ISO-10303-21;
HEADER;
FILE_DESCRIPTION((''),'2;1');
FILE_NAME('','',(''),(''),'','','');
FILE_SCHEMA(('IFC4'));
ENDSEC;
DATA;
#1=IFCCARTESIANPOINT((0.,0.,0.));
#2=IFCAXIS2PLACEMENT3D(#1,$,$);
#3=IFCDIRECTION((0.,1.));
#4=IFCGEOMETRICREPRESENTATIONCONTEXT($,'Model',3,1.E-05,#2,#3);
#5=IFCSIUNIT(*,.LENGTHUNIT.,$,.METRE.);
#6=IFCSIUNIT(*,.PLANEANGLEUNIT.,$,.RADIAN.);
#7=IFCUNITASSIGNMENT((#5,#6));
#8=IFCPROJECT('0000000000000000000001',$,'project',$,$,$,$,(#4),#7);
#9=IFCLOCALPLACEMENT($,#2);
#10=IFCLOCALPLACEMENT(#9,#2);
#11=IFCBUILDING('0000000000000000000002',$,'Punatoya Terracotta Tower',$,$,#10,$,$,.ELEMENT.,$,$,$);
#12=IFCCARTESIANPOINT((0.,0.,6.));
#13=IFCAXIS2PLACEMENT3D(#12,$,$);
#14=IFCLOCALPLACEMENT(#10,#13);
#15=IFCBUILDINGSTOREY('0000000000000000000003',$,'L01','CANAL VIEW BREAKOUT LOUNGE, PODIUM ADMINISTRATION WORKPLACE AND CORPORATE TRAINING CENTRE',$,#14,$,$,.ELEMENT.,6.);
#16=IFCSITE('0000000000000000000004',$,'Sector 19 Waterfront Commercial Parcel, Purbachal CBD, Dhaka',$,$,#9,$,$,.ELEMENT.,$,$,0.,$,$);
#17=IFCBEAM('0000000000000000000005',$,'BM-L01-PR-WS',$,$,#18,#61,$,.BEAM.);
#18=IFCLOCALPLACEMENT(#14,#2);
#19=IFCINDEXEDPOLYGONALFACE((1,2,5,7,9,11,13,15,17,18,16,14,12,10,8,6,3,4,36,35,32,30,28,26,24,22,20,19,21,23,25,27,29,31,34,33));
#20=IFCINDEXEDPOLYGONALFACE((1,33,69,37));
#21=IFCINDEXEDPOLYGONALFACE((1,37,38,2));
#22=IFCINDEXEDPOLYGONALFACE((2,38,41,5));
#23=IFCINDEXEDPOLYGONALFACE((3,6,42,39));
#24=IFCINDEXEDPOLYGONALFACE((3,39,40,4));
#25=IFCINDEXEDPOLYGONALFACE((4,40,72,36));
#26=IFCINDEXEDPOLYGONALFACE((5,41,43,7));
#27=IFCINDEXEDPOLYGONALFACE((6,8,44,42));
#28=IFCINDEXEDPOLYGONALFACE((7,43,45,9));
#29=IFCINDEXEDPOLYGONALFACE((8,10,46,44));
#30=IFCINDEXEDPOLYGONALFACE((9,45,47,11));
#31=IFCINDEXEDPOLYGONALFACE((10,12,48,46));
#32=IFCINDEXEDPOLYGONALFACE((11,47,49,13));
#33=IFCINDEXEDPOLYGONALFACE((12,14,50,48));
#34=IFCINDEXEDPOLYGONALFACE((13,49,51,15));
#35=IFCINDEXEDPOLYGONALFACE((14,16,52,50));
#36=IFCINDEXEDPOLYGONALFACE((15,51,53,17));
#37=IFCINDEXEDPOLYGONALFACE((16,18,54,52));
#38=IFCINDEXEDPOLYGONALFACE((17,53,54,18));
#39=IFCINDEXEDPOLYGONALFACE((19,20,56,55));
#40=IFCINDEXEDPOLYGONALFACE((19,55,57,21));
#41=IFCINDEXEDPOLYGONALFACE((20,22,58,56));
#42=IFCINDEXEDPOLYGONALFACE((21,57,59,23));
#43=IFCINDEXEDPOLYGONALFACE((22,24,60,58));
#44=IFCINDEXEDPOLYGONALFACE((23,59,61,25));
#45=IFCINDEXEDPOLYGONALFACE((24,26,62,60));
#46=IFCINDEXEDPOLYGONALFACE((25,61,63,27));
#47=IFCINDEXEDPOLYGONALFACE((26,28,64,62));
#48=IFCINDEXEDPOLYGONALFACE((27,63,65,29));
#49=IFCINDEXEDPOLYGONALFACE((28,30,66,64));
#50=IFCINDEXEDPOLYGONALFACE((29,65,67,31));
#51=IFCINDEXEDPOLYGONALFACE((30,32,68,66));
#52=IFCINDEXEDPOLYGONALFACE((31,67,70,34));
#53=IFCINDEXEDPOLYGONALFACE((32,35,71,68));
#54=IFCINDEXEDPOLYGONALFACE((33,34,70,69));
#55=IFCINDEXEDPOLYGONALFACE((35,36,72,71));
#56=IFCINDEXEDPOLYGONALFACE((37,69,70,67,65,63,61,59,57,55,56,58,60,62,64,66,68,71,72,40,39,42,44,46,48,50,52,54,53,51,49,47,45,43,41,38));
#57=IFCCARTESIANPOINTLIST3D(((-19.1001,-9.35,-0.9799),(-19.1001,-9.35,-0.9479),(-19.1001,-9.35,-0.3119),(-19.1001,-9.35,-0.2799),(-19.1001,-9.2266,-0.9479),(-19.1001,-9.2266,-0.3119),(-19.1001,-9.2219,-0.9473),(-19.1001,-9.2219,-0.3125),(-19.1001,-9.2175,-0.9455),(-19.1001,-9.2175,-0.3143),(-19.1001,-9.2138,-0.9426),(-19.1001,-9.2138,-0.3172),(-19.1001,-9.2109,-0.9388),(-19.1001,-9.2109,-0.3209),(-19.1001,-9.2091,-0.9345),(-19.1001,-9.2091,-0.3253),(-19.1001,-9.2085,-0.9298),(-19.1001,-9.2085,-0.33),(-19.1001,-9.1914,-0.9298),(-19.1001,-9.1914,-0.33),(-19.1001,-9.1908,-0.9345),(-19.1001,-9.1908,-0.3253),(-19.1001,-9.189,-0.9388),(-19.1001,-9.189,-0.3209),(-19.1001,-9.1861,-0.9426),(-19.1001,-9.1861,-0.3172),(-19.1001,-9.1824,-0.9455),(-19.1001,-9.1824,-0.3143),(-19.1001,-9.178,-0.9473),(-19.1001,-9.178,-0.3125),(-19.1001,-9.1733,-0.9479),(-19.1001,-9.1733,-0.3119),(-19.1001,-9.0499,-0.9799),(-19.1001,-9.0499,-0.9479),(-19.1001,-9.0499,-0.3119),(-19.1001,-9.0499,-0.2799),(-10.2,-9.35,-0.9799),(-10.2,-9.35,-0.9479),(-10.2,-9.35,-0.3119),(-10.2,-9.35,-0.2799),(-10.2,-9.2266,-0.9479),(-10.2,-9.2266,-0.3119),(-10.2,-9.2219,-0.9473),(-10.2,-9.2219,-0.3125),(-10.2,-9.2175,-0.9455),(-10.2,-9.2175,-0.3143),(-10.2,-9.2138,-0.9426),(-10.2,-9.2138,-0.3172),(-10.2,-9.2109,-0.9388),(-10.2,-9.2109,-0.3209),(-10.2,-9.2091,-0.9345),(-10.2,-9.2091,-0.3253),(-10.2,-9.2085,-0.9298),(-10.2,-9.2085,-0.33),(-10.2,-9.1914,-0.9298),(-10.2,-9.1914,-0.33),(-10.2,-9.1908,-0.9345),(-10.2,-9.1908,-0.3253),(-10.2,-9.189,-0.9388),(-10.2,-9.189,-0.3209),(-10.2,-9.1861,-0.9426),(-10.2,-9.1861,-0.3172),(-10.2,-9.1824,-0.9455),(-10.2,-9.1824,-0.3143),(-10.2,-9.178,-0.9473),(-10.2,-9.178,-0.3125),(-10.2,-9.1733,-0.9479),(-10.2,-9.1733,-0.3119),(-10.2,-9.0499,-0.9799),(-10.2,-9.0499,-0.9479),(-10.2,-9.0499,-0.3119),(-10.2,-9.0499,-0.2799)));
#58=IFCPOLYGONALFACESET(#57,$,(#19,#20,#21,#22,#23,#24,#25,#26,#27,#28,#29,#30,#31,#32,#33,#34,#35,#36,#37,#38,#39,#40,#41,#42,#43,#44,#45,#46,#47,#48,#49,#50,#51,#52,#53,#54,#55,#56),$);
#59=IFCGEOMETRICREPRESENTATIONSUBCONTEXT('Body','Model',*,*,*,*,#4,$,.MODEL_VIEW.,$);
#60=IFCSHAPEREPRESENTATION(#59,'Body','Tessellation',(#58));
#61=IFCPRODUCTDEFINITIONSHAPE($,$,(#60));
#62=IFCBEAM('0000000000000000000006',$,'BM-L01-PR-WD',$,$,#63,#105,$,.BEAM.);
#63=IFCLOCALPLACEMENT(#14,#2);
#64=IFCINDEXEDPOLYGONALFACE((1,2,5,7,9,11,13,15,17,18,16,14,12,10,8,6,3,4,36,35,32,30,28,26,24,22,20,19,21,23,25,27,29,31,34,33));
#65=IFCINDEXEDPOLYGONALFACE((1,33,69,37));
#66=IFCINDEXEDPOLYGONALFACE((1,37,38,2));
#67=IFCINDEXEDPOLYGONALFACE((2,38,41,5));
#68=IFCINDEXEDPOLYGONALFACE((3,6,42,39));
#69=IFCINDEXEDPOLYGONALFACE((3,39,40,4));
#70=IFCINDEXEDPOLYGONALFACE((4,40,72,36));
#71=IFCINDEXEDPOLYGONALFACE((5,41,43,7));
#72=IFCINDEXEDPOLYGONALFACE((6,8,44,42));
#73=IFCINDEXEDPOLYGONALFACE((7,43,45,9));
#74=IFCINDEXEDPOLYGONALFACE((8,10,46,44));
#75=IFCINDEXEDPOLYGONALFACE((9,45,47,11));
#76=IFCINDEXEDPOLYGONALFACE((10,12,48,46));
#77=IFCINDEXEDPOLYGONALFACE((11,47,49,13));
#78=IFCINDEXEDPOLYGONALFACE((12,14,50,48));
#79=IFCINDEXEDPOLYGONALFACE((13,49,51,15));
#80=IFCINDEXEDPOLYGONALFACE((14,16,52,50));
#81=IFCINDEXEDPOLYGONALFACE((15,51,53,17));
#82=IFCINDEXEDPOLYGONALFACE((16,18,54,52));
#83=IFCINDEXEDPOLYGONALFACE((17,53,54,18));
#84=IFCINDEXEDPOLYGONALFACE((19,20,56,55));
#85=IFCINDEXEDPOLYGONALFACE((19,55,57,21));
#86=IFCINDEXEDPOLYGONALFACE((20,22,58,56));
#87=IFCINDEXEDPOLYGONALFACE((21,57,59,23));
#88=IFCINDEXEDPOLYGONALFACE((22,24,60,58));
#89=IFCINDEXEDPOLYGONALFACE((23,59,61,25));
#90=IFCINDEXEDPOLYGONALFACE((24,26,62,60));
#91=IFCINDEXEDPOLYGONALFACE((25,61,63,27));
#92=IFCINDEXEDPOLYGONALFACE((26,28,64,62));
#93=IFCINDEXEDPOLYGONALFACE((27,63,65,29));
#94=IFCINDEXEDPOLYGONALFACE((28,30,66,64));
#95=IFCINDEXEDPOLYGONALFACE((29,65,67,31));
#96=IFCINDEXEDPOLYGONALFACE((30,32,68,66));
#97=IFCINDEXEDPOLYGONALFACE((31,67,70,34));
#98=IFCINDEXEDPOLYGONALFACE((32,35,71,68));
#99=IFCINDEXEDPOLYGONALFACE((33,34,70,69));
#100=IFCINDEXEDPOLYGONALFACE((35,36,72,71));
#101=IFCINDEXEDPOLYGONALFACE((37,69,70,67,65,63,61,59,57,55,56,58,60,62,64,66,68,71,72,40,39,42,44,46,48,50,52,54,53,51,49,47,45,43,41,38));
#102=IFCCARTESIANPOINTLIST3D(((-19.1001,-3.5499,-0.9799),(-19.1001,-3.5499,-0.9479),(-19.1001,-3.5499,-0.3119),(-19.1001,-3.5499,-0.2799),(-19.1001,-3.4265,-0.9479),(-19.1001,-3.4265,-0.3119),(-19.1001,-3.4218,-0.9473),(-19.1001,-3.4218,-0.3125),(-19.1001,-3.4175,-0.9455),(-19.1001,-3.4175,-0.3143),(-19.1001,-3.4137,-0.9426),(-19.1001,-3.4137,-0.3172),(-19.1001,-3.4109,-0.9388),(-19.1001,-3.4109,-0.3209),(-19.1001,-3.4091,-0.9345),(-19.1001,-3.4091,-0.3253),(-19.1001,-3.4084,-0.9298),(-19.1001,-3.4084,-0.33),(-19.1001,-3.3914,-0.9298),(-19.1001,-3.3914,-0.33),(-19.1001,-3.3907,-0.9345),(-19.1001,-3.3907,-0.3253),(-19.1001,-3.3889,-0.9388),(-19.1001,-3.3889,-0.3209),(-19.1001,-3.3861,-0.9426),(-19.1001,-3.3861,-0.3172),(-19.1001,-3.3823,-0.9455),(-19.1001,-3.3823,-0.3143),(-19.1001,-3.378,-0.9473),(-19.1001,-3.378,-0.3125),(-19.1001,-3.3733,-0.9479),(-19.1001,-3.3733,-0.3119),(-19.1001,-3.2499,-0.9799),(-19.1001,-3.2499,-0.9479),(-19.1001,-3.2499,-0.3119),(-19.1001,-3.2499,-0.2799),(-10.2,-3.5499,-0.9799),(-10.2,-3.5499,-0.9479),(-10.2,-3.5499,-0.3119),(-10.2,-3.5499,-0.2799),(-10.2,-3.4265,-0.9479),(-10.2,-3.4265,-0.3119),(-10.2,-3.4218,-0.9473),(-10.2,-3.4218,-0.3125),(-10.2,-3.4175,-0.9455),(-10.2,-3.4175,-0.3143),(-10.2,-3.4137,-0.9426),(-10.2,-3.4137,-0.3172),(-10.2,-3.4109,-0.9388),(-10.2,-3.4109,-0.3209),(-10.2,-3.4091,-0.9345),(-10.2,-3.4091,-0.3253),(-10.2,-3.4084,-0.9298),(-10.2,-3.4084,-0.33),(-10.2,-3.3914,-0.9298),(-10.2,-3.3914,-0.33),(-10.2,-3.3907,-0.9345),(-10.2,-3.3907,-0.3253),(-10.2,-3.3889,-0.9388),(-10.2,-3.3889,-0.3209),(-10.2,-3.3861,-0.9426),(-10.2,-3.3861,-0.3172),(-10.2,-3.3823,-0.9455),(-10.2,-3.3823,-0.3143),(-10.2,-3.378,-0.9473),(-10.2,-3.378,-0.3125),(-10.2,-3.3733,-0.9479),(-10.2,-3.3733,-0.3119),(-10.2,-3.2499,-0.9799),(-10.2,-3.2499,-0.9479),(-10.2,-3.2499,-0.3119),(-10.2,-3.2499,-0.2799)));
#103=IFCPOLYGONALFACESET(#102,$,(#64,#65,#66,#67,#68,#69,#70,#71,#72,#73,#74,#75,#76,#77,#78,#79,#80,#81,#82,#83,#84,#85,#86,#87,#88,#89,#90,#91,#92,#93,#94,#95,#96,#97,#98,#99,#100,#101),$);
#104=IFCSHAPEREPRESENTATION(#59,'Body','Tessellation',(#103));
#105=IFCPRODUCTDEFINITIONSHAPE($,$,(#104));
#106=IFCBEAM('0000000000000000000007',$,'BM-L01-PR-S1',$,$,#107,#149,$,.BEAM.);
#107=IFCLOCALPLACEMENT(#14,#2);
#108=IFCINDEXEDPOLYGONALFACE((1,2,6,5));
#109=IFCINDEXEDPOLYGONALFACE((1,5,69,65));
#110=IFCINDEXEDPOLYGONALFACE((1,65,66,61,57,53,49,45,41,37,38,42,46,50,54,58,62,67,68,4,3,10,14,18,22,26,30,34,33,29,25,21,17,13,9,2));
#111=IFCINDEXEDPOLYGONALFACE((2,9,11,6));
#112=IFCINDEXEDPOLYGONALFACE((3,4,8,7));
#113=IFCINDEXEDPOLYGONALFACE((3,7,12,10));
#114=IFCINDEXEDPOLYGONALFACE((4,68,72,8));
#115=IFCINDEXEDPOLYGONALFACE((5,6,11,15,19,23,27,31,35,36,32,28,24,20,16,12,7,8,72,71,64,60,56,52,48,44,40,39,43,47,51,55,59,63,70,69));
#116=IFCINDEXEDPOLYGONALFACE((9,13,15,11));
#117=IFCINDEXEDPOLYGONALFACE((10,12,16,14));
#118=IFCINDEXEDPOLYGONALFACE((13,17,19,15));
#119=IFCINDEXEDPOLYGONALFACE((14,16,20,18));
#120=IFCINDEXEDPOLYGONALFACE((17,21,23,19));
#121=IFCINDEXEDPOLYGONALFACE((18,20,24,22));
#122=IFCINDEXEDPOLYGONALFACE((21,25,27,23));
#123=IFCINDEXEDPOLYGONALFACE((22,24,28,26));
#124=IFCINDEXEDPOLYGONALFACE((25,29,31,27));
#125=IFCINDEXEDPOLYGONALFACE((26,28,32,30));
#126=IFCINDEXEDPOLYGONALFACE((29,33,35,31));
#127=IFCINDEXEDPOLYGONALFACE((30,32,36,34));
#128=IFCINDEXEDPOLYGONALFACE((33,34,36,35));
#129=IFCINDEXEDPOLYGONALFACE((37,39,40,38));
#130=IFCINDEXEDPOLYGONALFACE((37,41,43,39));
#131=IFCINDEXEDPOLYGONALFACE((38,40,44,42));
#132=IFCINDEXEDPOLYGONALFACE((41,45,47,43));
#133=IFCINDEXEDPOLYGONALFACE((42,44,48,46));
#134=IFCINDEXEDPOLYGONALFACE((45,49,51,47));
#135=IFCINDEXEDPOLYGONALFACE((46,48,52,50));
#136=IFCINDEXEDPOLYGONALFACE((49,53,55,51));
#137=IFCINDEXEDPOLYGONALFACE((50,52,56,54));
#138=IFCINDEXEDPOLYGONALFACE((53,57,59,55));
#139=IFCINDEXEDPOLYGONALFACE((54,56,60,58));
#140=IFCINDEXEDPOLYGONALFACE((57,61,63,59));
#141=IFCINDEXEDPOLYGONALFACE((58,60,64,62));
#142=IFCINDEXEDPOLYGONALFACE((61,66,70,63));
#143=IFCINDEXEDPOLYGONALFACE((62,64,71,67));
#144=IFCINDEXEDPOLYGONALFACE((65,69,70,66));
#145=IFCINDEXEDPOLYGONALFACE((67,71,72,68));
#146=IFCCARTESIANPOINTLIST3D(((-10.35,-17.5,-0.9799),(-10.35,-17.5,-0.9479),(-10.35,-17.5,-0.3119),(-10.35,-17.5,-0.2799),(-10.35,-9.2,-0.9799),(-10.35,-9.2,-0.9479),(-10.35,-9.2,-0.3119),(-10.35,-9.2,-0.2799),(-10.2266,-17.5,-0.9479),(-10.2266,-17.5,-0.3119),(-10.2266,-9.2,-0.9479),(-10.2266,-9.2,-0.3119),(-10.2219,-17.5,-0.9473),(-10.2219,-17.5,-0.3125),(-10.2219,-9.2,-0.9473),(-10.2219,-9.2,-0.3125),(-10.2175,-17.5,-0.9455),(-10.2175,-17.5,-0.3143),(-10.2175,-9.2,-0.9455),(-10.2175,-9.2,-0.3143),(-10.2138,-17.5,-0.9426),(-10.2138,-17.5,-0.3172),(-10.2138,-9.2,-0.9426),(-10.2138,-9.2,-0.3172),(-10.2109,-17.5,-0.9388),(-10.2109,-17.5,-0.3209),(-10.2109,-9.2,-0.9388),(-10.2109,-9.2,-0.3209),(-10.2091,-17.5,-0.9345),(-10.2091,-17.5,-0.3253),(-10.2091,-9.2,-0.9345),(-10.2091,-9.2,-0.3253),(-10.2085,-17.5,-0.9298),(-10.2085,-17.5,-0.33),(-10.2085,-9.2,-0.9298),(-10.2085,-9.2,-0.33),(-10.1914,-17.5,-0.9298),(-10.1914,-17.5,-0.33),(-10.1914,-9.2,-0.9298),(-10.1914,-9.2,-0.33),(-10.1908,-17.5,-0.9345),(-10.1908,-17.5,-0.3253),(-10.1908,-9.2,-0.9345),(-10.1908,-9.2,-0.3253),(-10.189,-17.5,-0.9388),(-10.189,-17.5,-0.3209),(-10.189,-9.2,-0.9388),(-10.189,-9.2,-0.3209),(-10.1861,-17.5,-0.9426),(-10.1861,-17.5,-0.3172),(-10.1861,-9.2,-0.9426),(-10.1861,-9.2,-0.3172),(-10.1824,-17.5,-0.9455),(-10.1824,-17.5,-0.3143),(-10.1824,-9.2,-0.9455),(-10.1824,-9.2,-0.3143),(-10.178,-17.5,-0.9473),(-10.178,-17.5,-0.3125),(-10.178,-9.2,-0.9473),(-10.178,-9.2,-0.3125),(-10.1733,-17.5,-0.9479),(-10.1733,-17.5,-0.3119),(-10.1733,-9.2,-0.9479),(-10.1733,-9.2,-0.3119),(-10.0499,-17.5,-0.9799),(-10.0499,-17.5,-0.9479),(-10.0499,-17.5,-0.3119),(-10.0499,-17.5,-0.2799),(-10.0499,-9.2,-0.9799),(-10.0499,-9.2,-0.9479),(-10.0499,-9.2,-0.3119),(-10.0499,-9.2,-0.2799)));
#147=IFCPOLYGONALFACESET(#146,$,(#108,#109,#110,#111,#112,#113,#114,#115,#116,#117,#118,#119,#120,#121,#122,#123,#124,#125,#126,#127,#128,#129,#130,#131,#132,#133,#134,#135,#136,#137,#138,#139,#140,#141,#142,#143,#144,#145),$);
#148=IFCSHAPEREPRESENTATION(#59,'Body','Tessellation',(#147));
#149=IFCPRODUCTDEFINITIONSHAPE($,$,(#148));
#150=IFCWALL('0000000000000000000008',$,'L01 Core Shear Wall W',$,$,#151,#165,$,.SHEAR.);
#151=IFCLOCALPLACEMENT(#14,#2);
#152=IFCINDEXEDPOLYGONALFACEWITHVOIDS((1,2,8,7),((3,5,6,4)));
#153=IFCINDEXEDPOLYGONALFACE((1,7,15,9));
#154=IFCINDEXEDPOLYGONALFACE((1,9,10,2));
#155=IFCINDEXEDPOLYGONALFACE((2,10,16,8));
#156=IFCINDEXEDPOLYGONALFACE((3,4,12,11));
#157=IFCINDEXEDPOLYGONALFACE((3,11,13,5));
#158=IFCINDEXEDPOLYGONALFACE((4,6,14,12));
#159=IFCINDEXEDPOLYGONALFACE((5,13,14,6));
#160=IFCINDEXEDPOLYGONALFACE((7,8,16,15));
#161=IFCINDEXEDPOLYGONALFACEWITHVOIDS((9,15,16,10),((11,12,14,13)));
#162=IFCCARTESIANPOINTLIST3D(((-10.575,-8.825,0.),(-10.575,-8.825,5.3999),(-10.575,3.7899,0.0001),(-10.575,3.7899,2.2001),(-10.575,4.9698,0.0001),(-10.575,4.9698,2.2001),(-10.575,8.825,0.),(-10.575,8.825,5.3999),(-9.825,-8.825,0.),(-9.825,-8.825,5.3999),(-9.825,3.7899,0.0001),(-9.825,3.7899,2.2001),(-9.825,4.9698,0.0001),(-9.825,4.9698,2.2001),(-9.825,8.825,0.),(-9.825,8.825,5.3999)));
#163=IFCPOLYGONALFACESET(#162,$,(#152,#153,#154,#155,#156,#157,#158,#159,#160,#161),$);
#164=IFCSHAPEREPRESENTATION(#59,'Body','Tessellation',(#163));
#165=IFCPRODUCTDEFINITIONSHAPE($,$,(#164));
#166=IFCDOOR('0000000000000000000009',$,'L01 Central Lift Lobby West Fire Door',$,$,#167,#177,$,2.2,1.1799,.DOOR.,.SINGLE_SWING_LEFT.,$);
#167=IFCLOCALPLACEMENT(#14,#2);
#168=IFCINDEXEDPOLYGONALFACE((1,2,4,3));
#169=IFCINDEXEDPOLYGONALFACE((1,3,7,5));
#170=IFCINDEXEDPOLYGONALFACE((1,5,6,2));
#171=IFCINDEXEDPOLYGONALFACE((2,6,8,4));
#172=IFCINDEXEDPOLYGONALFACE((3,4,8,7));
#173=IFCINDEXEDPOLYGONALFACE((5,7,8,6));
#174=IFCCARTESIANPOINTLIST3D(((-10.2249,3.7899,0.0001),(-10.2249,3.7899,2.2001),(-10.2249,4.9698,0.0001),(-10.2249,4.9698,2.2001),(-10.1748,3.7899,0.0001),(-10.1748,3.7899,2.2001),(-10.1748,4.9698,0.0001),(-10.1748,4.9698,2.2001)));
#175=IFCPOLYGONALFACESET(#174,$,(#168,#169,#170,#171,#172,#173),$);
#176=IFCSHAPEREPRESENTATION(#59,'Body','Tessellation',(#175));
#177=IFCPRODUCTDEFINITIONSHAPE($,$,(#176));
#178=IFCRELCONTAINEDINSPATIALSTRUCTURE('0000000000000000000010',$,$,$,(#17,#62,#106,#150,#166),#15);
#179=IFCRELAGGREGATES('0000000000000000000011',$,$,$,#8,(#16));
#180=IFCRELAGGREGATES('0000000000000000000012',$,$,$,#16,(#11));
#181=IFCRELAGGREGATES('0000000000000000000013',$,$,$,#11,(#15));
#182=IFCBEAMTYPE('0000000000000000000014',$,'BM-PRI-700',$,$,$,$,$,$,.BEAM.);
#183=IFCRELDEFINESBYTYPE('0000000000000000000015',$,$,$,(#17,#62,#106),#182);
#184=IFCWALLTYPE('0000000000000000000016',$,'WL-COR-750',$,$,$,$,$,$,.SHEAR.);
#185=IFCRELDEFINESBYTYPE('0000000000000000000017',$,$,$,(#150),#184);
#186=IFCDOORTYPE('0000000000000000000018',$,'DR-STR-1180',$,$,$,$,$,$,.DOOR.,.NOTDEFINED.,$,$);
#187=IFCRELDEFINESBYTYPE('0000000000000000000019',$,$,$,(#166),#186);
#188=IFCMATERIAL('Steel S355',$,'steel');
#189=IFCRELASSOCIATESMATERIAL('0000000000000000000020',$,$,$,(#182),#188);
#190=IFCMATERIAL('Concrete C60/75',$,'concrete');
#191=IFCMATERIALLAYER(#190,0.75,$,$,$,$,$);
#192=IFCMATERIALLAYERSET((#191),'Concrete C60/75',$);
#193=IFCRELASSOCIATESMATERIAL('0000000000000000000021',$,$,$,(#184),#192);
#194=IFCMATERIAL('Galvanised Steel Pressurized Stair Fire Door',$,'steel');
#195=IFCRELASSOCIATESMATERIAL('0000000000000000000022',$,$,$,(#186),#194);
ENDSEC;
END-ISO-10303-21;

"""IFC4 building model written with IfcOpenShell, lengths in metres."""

from ifc_helpers import new_model, si_unit, direction, frame, frame_2d, origin, origin_2d, place, context, subcontext, project, spatial, rectangle, i_section, extrude, material, layer, layer_set, material_profile, profile_set, type_object, element, fill, save


model = new_model("IFC4")

# Units and contexts
model_context = context("Model", 3, precision=1e-05, world=origin(), true_north=direction((0.0, 1.0)))
body_context = subcontext(model_context, "Body", "Model", "MODEL_VIEW")
ifc_project = project(units=[si_unit("LENGTHUNIT", "METRE"), si_unit("PLANEANGLEUNIT", "RADIAN")], contexts=[model_context])

# Site, building, storey
site_placement = place(None, origin())
site = spatial("IfcSite", under=ifc_project, at=site_placement, Name="Sector 19 Waterfront Commercial Parcel, Purbachal CBD, Dhaka", CompositionType="ELEMENT", RefElevation=0.0)
building_placement = place(site_placement, origin())
building = spatial("IfcBuilding", under=site, at=building_placement, Name="Punatoya Terracotta Tower", CompositionType="ELEMENT")
storey_placement = place(building_placement, frame((0.0, 0.0, 6.0)))
storey = spatial("IfcBuildingStorey", under=building, at=storey_placement, Name="L01", Description="CANAL VIEW BREAKOUT LOUNGE, PODIUM ADMINISTRATION WORKPLACE AND CORPORATE TRAINING CENTRE", CompositionType="ELEMENT", Elevation=6.0)

# Beams
ifc_material_1 = material(Name="Steel S355", Category="steel")
ifc_material_profile_1 = material_profile(ifc_material_1, i_section(OverallWidth=0.3, OverallDepth=0.7, WebThickness=0.0171, FlangeThickness=0.032, FilletRadius=0.0181, at=origin_2d()))
ifc_profile_set_1 = profile_set([ifc_material_profile_1], Name="Steel S355")
beam_type = type_object("IfcBeamType", Name="BM-PRI-700", PredefinedType="BEAM", material=ifc_profile_set_1)
for number, where, z_axis, x_axis, name in (
    (1, (-19.1001, -9.2, -0.6299), (1.0, 0.0, 0.0), (0.0, 1.0, 0.0), "BM-L01-PR-WS"),
    (2, (-19.1001, -3.3999, -0.6299), (1.0, 0.0, 0.0), (0.0, 1.0, 0.0), "BM-L01-PR-WD"),
):
    element("IfcBeam", number, at=place(storey_placement, frame(where, z_axis=z_axis, x_axis=x_axis)), inside=storey, type_object=beam_type, Name=name, PredefinedType="BEAM", context=body_context, shape_type="SweptSolid", body=[
        extrude(i_section(OverallWidth=0.3, OverallDepth=0.7, WebThickness=0.0171, FlangeThickness=0.032, FilletRadius=0.0181, at=origin_2d()), origin(), (0.0, 0.0, 1.0), 8.9001),
    ])
beam_1_placement = place(storey_placement, frame((-10.2, -17.5, -0.6299), z_axis=(0.0, 1.0, 0.0), x_axis=(-1.0, 0.0, 0.0)))
element("IfcBeam", 3, at=beam_1_placement, inside=storey, type_object=beam_type, Name="BM-L01-PR-S1", PredefinedType="BEAM", context=body_context, shape_type="SweptSolid", body=[
    extrude(i_section(OverallWidth=0.3, OverallDepth=0.7, WebThickness=0.0171, FlangeThickness=0.032, FilletRadius=0.0181, at=origin_2d()), origin(), (0.0, 0.0, 1.0), 8.3),
])

# Wall, opening, door
ifc_material_2 = material(Name="Concrete C60/75", Category="concrete")
ifc_layer_1 = layer(ifc_material_2, 0.75)
ifc_layer_set_1 = layer_set([ifc_layer_1], Name="Concrete C60/75")
wall_type_1 = type_object("IfcWallType", Name="WL-COR-750", PredefinedType="SHEAR", material=ifc_layer_set_1)
wall_1_placement = place(storey_placement, frame((-10.2, -8.825, 0.0), z_axis=(0.0, 0.0, 1.0), x_axis=(0.0, 1.0, 0.0)))
wall_1 = element("IfcWall", 4, at=wall_1_placement, inside=storey, type_object=wall_type_1, Name="L01 Core Shear Wall W", PredefinedType="SHEAR", context=body_context, shape_type="SweptSolid", body=[
    extrude(rectangle(XDim=17.6499, YDim=0.75, at=frame_2d((8.825, 0.0))), origin(), (0.0, 0.0, 1.0), 5.3999),
])
opening_1_placement = place(wall_1_placement, frame((12.615, 0.0, 0.0)))
opening_1 = element("IfcOpeningElement", 5, at=opening_1_placement, cuts=wall_1, PredefinedType="OPENING", context=body_context, shape_type="SweptSolid", body=[
    extrude(rectangle(XDim=1.1799, YDim=2.2, at=frame_2d((0.5898, 1.1001))), frame((0.0, 0.385, 0.0), z_axis=(0.0, -1.0, 0.0), x_axis=(1.0, 0.0, 0.0)), (0.0, 0.0, 1.0), 0.77),
])
ifc_material_3 = material(Name="Galvanised Steel Pressurized Stair Fire Door", Category="steel")
door_type_1 = type_object("IfcDoorType", Name="DR-STR-1180", OperationType="NOTDEFINED", PredefinedType="DOOR", material=ifc_material_3)
door_1_placement = place(opening_1_placement, origin())
door_1 = element("IfcDoor", 6, at=door_1_placement, inside=storey, type_object=door_type_1, Name="L01 Central Lift Lobby West Fire Door", OperationType="SINGLE_SWING_LEFT", OverallHeight=2.2, OverallWidth=1.1799, PredefinedType="DOOR", context=body_context, shape_type="SweptSolid", body=[
    extrude(rectangle(XDim=1.1799, YDim=2.2, at=frame_2d((0.5898, 1.1001))), frame((0.0, 0.0249, 0.0), z_axis=(0.0, -1.0, 0.0), x_axis=(1.0, 0.0, 0.0)), (0.0, 0.0, 1.0), 0.05),
])
fill(opening_1, door_1)

save(model, "model.ifc")
